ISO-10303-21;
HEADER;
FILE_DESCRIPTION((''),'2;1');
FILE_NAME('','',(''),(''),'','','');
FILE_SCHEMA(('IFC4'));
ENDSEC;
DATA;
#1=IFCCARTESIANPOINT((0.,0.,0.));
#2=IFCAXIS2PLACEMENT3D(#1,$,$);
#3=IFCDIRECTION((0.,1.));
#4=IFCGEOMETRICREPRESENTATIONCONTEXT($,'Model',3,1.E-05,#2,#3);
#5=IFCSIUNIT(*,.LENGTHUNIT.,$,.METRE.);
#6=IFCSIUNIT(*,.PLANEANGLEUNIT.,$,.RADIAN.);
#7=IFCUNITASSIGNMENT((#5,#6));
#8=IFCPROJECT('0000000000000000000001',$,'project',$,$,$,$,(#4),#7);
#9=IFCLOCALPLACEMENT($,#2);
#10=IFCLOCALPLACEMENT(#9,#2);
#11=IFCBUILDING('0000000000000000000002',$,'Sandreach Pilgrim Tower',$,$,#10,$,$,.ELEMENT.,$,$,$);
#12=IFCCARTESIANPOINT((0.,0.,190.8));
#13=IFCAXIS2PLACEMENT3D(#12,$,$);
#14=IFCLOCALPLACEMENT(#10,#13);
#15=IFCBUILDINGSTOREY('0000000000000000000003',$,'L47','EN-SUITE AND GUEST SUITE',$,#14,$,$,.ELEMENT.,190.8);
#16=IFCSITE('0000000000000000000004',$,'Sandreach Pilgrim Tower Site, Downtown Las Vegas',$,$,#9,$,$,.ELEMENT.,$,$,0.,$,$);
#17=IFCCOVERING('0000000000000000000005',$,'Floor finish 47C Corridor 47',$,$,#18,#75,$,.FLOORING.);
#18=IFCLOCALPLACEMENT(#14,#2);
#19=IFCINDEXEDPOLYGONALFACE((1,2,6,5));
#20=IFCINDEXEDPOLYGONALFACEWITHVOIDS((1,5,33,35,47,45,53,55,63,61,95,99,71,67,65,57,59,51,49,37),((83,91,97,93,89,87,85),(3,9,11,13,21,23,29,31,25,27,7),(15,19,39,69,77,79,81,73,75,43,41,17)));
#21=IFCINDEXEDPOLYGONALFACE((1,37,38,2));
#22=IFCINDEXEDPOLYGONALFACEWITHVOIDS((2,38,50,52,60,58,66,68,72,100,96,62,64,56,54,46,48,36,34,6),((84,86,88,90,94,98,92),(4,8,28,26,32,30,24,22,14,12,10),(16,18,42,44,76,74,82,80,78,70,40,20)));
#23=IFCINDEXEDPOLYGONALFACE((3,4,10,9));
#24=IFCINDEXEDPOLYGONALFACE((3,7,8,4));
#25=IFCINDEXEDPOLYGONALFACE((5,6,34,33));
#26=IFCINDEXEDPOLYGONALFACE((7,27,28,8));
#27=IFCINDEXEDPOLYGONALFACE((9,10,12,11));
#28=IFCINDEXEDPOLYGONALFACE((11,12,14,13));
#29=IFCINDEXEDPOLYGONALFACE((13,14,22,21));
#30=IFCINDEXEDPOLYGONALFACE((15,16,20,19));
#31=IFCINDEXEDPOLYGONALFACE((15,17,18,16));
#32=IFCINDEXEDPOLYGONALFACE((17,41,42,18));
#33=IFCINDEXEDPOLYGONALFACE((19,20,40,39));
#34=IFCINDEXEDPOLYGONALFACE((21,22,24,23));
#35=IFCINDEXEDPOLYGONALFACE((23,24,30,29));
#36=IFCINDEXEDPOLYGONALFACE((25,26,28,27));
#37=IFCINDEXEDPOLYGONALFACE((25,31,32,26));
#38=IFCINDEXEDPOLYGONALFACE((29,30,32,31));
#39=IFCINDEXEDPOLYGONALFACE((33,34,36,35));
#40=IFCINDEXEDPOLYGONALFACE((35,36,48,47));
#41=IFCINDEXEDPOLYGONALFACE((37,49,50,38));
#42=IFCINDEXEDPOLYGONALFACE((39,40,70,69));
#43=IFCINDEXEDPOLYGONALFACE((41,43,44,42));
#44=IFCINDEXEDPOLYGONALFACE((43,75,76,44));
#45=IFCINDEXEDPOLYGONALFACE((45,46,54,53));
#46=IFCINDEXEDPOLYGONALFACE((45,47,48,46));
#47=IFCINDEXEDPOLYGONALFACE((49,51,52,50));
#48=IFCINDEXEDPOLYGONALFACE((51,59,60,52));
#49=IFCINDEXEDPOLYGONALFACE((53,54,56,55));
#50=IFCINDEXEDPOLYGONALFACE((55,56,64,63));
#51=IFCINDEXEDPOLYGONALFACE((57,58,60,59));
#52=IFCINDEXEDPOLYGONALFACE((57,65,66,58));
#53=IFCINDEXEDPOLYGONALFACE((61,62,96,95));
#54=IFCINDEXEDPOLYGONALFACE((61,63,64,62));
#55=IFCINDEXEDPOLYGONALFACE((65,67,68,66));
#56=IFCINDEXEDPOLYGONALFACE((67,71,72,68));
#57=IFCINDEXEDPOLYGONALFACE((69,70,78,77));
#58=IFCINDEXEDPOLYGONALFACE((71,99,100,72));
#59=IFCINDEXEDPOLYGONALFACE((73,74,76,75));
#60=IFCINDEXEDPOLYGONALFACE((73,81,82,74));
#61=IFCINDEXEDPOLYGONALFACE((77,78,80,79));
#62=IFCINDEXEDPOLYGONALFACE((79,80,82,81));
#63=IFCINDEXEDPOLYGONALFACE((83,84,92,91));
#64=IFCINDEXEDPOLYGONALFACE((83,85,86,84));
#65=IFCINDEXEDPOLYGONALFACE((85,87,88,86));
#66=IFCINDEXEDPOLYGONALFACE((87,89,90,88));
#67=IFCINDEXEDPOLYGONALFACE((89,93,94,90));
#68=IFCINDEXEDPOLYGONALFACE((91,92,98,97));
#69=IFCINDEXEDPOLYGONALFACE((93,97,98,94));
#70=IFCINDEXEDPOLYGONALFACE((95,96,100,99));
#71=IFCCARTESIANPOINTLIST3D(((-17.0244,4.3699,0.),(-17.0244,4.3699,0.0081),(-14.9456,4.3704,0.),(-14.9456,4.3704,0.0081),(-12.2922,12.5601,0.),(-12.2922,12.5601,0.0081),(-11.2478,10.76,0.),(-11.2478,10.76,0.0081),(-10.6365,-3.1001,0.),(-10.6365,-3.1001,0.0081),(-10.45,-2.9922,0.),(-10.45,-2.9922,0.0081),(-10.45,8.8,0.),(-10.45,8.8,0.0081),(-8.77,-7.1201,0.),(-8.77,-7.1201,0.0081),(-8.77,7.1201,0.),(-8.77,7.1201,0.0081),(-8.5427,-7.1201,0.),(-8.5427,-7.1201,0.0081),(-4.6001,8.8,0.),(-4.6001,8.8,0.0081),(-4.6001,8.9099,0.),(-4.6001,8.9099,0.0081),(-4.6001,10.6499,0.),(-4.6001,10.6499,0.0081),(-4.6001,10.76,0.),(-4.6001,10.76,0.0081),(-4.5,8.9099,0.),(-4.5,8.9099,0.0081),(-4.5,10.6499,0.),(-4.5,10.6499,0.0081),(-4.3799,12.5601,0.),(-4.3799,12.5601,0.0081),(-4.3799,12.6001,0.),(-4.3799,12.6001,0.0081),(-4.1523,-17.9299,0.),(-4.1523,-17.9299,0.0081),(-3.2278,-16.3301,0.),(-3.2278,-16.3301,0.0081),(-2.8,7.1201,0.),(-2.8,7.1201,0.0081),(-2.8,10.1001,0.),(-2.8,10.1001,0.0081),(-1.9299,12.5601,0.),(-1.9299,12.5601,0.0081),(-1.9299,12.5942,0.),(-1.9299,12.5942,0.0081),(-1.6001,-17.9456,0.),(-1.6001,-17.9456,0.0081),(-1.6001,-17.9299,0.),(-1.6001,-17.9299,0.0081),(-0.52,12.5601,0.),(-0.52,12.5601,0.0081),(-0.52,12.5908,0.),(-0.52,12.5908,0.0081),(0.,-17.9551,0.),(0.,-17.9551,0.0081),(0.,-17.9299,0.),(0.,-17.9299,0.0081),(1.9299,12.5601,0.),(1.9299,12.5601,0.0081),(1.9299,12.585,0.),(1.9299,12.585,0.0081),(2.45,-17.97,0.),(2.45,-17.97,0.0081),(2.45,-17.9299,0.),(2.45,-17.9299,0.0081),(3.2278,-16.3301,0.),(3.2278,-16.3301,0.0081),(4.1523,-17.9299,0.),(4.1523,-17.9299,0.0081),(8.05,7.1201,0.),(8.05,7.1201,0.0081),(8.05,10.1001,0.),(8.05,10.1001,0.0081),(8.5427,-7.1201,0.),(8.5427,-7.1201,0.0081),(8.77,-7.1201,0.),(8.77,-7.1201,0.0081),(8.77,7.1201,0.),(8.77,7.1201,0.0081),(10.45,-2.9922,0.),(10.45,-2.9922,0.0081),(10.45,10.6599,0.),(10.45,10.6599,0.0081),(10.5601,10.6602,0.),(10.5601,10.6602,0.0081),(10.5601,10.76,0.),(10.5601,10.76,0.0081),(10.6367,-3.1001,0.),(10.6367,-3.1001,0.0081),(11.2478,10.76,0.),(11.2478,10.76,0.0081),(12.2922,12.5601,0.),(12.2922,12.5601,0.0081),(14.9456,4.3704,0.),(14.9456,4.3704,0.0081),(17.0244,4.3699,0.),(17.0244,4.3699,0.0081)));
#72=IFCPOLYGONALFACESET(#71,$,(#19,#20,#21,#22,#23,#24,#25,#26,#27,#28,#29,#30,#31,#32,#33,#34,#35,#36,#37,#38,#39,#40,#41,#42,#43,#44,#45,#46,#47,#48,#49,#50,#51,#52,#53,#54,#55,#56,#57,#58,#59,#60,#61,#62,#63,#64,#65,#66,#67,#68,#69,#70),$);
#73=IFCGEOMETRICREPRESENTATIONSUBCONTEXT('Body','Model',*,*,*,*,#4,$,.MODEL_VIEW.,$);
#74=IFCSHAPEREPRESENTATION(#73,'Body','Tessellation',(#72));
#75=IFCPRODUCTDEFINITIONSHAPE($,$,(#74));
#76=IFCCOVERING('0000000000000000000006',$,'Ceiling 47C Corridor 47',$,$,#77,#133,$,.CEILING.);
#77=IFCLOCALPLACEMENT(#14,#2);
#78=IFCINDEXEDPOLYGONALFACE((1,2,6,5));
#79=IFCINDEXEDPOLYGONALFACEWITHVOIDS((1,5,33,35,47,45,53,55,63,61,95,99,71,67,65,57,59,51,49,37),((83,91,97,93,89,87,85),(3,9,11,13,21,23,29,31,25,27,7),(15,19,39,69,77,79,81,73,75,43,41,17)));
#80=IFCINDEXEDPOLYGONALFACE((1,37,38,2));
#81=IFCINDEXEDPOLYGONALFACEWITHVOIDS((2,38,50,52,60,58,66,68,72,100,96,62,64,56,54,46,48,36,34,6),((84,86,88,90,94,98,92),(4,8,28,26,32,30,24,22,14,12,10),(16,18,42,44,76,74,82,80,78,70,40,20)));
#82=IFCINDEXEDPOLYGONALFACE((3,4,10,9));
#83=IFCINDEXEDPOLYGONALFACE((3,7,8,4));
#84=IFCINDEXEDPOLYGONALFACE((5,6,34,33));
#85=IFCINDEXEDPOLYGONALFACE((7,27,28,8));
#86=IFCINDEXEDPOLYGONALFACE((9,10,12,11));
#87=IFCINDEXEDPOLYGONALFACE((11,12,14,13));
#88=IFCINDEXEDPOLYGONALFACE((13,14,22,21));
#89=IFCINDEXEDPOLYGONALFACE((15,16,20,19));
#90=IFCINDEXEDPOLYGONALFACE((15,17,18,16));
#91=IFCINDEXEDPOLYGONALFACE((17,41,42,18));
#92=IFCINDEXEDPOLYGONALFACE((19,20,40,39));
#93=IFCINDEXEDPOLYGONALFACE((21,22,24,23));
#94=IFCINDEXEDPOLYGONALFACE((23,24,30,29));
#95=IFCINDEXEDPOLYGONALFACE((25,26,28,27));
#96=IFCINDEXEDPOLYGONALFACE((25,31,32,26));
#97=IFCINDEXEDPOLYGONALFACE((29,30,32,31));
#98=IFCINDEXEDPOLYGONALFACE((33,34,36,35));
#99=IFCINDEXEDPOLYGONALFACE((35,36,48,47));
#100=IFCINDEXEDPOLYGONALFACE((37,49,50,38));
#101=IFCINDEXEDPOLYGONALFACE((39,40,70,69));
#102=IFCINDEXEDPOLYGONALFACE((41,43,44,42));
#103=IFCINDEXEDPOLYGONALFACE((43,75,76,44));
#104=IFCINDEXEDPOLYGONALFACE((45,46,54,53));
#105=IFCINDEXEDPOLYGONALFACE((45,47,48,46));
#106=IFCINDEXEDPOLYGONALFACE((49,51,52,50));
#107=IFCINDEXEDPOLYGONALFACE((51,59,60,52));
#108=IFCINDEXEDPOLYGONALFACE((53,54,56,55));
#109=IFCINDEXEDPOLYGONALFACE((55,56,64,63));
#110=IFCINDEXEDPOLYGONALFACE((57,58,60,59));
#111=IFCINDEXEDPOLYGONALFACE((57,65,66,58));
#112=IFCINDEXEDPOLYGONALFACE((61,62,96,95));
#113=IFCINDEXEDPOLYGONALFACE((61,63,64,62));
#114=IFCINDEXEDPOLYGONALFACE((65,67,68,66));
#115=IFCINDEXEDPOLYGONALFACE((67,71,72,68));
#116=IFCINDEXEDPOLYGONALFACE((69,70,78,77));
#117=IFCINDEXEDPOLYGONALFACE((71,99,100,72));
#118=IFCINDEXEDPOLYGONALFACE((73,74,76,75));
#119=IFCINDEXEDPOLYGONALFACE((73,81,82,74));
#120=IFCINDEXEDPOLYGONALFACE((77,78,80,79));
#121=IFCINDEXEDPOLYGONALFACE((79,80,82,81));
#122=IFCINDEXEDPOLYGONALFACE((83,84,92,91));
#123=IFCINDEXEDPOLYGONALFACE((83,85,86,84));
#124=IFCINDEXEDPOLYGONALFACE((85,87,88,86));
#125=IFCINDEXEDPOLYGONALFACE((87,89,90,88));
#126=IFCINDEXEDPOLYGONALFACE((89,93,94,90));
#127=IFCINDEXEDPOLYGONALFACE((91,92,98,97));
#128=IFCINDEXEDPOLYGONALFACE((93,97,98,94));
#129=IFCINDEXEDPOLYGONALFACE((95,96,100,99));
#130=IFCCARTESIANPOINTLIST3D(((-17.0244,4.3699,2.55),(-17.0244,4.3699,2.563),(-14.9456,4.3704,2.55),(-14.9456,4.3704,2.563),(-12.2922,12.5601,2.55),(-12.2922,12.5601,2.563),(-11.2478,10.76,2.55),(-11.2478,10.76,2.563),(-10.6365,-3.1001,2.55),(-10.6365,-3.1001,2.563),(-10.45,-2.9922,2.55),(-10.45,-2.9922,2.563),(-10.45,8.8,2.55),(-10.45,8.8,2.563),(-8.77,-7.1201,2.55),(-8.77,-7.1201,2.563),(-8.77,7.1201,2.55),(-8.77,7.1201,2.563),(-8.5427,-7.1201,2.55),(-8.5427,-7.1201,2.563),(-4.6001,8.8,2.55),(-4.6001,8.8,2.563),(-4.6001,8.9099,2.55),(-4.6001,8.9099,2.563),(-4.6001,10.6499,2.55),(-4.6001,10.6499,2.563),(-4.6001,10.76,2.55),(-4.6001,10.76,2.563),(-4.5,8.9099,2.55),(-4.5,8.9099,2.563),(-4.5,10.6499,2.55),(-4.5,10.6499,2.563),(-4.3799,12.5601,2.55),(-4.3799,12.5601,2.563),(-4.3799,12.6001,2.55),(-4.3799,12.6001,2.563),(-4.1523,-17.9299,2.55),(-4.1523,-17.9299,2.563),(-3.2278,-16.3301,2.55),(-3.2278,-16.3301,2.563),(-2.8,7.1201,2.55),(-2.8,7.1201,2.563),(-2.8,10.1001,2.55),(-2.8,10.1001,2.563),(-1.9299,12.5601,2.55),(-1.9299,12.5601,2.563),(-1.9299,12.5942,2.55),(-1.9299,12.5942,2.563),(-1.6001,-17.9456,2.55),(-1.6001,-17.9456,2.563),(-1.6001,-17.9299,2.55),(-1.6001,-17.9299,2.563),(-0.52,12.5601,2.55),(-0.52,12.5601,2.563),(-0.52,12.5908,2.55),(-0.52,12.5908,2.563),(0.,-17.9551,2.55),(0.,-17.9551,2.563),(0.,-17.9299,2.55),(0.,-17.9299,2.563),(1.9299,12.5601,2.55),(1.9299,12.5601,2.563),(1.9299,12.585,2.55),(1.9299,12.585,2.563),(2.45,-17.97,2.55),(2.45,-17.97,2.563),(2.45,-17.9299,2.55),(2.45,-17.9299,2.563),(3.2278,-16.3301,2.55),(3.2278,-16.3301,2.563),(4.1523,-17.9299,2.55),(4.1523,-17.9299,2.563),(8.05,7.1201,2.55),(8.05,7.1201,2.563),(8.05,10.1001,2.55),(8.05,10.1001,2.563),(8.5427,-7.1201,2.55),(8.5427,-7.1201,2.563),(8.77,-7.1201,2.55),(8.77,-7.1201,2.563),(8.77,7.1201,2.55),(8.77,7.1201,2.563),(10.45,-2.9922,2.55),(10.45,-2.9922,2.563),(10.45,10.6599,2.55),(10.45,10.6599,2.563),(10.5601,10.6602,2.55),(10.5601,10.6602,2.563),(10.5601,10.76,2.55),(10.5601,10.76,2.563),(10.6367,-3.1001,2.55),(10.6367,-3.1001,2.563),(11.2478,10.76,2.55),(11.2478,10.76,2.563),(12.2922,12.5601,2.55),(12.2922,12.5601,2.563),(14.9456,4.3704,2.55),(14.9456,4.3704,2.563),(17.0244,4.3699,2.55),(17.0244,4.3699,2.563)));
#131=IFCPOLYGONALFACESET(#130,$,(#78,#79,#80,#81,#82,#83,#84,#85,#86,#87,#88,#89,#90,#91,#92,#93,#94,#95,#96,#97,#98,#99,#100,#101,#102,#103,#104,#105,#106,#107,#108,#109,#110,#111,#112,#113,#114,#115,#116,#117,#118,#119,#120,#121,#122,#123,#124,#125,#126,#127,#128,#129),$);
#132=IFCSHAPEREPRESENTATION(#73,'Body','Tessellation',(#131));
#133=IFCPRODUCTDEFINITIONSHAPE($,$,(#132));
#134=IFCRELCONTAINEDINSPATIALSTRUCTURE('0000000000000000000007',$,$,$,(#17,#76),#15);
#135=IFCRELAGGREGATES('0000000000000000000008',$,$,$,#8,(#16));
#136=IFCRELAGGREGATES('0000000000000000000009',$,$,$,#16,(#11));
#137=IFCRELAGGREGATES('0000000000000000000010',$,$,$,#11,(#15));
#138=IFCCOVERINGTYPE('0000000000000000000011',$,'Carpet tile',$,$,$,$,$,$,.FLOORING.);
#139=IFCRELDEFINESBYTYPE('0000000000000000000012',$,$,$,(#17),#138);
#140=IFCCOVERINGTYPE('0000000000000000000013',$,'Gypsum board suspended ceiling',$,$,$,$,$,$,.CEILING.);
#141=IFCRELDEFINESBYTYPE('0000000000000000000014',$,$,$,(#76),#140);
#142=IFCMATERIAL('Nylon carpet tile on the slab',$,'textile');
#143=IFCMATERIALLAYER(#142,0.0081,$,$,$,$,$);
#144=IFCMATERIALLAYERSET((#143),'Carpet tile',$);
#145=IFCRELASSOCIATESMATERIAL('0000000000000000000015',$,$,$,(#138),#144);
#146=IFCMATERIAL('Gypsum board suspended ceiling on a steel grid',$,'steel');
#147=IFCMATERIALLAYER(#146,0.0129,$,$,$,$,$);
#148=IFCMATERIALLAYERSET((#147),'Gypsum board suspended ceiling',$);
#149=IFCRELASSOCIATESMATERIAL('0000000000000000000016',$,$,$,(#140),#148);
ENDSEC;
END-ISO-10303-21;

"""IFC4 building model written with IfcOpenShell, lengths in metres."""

from ifc_helpers import new_model, si_unit, direction, frame, origin, place, context, subcontext, project, spatial, polyline, outline, extrude, material, layer, layer_set, type_object, element, save


model = new_model("IFC4")

# Units and contexts
model_context = context("Model", 3, precision=1e-05, world=origin(), true_north=direction((0.0, 1.0)))
body_context = subcontext(model_context, "Body", "Model", "MODEL_VIEW")
ifc_project = project(units=[si_unit("LENGTHUNIT", "METRE"), si_unit("PLANEANGLEUNIT", "RADIAN")], contexts=[model_context])

# Site, building, storey
site_placement = place(None, origin())
site = spatial("IfcSite", under=ifc_project, at=site_placement, Name="Sandreach Pilgrim Tower Site, Downtown Las Vegas", CompositionType="ELEMENT", RefElevation=0.0)
building_placement = place(site_placement, origin())
building = spatial("IfcBuilding", under=site, at=building_placement, Name="Sandreach Pilgrim Tower", CompositionType="ELEMENT")
storey_placement = place(building_placement, frame((0.0, 0.0, 190.8)))
storey = spatial("IfcBuildingStorey", under=building, at=storey_placement, Name="L47", Description="EN-SUITE AND GUEST SUITE", CompositionType="ELEMENT", Elevation=190.8)

# Coverings
ifc_material_1 = material(Name="Nylon carpet tile on the slab", Category="textile")
ifc_layer_1 = layer(ifc_material_1, 0.0081)
ifc_layer_set_1 = layer_set([ifc_layer_1], Name="Carpet tile")
covering_type_1 = type_object("IfcCoveringType", Name="Carpet tile", PredefinedType="FLOORING", material=ifc_layer_set_1)
covering_1_placement = place(storey_placement, origin())
element("IfcCovering", 1, at=covering_1_placement, inside=storey, type_object=covering_type_1, Name="Floor finish 47C Corridor 47", PredefinedType="FLOORING", context=body_context, shape_type="SweptSolid", body=[
    extrude(outline(polyline([(-17.0244, 4.3699), (-12.2922, 12.5601), (-4.3799, 12.5601), (-4.3799, 12.6001), (-1.9299, 12.5942), (-1.9299, 12.5601), (-0.52, 12.5601), (-0.52, 12.5908), (1.9299, 12.585), (1.9299, 12.5601), (12.2922, 12.5601), (17.0244, 4.3699), (4.1523, -17.9299), (2.45, -17.9299), (2.45, -17.97), (0.0, -17.9551), (0.0, -17.9299), (-1.6001, -17.9299), (-1.6001, -17.9456), (-4.1523, -17.9299), (-17.0244, 4.3699)]), holes=[polyline([(10.45, 10.6599), (10.45, -2.9922), (10.6367, -3.1001), (14.9456, 4.3704), (11.2478, 10.76), (10.5601, 10.76), (10.5601, 10.6602), (10.45, 10.6599)]), polyline([(-3.2278, -16.3301), (3.2278, -16.3301), (8.5427, -7.1201), (8.77, -7.1201), (8.77, 7.1201), (8.05, 7.1201), (8.05, 10.1001), (-2.8, 10.1001), (-2.8, 7.1201), (-8.77, 7.1201), (-8.77, -7.1201), (-8.5427, -7.1201), (-3.2278, -16.3301)]), polyline([(-14.9456, 4.3704), (-10.6365, -3.1001), (-10.45, -2.9922), (-10.45, 8.8), (-4.6001, 8.8), (-4.6001, 8.9099), (-4.5, 8.9099), (-4.5, 10.6499), (-4.6001, 10.6499), (-4.6001, 10.76), (-11.2478, 10.76), (-14.9456, 4.3704)])]), origin(), (0.0, 0.0, 1.0), 0.0081),
])
ifc_material_2 = material(Name="Gypsum board suspended ceiling on a steel grid", Category="steel")
ifc_layer_2 = layer(ifc_material_2, 0.0129)
ifc_layer_set_2 = layer_set([ifc_layer_2], Name="Gypsum board suspended ceiling")
covering_type_2 = type_object("IfcCoveringType", Name="Gypsum board suspended ceiling", PredefinedType="CEILING", material=ifc_layer_set_2)
covering_2_placement = place(storey_placement, frame((0.0, 0.0, 2.55)))
element("IfcCovering", 2, at=covering_2_placement, inside=storey, type_object=covering_type_2, Name="Ceiling 47C Corridor 47", PredefinedType="CEILING", context=body_context, shape_type="SweptSolid", body=[
    extrude(outline(polyline([(-17.0244, 4.3699), (-12.2922, 12.5601), (-4.3799, 12.5601), (-4.3799, 12.6001), (-1.9299, 12.5942), (-1.9299, 12.5601), (-0.52, 12.5601), (-0.52, 12.5908), (1.9299, 12.585), (1.9299, 12.5601), (12.2922, 12.5601), (17.0244, 4.3699), (4.1523, -17.9299), (2.45, -17.9299), (2.45, -17.97), (0.0, -17.9551), (0.0, -17.9299), (-1.6001, -17.9299), (-1.6001, -17.9456), (-4.1523, -17.9299), (-17.0244, 4.3699)]), holes=[polyline([(10.45, 10.6599), (10.45, -2.9922), (10.6367, -3.1001), (14.9456, 4.3704), (11.2478, 10.76), (10.5601, 10.76), (10.5601, 10.6602), (10.45, 10.6599)]), polyline([(-3.2278, -16.3301), (3.2278, -16.3301), (8.5427, -7.1201), (8.77, -7.1201), (8.77, 7.1201), (8.05, 7.1201), (8.05, 10.1001), (-2.8, 10.1001), (-2.8, 7.1201), (-8.77, 7.1201), (-8.77, -7.1201), (-8.5427, -7.1201), (-3.2278, -16.3301)]), polyline([(-14.9456, 4.3704), (-10.6365, -3.1001), (-10.45, -2.9922), (-10.45, 8.8), (-4.6001, 8.8), (-4.6001, 8.9099), (-4.5, 8.9099), (-4.5, 10.6499), (-4.6001, 10.6499), (-4.6001, 10.76), (-11.2478, 10.76), (-14.9456, 4.3704)])]), origin(), (0.0, 0.0, 1.0), 0.0129),
])

save(model, "model.ifc")
